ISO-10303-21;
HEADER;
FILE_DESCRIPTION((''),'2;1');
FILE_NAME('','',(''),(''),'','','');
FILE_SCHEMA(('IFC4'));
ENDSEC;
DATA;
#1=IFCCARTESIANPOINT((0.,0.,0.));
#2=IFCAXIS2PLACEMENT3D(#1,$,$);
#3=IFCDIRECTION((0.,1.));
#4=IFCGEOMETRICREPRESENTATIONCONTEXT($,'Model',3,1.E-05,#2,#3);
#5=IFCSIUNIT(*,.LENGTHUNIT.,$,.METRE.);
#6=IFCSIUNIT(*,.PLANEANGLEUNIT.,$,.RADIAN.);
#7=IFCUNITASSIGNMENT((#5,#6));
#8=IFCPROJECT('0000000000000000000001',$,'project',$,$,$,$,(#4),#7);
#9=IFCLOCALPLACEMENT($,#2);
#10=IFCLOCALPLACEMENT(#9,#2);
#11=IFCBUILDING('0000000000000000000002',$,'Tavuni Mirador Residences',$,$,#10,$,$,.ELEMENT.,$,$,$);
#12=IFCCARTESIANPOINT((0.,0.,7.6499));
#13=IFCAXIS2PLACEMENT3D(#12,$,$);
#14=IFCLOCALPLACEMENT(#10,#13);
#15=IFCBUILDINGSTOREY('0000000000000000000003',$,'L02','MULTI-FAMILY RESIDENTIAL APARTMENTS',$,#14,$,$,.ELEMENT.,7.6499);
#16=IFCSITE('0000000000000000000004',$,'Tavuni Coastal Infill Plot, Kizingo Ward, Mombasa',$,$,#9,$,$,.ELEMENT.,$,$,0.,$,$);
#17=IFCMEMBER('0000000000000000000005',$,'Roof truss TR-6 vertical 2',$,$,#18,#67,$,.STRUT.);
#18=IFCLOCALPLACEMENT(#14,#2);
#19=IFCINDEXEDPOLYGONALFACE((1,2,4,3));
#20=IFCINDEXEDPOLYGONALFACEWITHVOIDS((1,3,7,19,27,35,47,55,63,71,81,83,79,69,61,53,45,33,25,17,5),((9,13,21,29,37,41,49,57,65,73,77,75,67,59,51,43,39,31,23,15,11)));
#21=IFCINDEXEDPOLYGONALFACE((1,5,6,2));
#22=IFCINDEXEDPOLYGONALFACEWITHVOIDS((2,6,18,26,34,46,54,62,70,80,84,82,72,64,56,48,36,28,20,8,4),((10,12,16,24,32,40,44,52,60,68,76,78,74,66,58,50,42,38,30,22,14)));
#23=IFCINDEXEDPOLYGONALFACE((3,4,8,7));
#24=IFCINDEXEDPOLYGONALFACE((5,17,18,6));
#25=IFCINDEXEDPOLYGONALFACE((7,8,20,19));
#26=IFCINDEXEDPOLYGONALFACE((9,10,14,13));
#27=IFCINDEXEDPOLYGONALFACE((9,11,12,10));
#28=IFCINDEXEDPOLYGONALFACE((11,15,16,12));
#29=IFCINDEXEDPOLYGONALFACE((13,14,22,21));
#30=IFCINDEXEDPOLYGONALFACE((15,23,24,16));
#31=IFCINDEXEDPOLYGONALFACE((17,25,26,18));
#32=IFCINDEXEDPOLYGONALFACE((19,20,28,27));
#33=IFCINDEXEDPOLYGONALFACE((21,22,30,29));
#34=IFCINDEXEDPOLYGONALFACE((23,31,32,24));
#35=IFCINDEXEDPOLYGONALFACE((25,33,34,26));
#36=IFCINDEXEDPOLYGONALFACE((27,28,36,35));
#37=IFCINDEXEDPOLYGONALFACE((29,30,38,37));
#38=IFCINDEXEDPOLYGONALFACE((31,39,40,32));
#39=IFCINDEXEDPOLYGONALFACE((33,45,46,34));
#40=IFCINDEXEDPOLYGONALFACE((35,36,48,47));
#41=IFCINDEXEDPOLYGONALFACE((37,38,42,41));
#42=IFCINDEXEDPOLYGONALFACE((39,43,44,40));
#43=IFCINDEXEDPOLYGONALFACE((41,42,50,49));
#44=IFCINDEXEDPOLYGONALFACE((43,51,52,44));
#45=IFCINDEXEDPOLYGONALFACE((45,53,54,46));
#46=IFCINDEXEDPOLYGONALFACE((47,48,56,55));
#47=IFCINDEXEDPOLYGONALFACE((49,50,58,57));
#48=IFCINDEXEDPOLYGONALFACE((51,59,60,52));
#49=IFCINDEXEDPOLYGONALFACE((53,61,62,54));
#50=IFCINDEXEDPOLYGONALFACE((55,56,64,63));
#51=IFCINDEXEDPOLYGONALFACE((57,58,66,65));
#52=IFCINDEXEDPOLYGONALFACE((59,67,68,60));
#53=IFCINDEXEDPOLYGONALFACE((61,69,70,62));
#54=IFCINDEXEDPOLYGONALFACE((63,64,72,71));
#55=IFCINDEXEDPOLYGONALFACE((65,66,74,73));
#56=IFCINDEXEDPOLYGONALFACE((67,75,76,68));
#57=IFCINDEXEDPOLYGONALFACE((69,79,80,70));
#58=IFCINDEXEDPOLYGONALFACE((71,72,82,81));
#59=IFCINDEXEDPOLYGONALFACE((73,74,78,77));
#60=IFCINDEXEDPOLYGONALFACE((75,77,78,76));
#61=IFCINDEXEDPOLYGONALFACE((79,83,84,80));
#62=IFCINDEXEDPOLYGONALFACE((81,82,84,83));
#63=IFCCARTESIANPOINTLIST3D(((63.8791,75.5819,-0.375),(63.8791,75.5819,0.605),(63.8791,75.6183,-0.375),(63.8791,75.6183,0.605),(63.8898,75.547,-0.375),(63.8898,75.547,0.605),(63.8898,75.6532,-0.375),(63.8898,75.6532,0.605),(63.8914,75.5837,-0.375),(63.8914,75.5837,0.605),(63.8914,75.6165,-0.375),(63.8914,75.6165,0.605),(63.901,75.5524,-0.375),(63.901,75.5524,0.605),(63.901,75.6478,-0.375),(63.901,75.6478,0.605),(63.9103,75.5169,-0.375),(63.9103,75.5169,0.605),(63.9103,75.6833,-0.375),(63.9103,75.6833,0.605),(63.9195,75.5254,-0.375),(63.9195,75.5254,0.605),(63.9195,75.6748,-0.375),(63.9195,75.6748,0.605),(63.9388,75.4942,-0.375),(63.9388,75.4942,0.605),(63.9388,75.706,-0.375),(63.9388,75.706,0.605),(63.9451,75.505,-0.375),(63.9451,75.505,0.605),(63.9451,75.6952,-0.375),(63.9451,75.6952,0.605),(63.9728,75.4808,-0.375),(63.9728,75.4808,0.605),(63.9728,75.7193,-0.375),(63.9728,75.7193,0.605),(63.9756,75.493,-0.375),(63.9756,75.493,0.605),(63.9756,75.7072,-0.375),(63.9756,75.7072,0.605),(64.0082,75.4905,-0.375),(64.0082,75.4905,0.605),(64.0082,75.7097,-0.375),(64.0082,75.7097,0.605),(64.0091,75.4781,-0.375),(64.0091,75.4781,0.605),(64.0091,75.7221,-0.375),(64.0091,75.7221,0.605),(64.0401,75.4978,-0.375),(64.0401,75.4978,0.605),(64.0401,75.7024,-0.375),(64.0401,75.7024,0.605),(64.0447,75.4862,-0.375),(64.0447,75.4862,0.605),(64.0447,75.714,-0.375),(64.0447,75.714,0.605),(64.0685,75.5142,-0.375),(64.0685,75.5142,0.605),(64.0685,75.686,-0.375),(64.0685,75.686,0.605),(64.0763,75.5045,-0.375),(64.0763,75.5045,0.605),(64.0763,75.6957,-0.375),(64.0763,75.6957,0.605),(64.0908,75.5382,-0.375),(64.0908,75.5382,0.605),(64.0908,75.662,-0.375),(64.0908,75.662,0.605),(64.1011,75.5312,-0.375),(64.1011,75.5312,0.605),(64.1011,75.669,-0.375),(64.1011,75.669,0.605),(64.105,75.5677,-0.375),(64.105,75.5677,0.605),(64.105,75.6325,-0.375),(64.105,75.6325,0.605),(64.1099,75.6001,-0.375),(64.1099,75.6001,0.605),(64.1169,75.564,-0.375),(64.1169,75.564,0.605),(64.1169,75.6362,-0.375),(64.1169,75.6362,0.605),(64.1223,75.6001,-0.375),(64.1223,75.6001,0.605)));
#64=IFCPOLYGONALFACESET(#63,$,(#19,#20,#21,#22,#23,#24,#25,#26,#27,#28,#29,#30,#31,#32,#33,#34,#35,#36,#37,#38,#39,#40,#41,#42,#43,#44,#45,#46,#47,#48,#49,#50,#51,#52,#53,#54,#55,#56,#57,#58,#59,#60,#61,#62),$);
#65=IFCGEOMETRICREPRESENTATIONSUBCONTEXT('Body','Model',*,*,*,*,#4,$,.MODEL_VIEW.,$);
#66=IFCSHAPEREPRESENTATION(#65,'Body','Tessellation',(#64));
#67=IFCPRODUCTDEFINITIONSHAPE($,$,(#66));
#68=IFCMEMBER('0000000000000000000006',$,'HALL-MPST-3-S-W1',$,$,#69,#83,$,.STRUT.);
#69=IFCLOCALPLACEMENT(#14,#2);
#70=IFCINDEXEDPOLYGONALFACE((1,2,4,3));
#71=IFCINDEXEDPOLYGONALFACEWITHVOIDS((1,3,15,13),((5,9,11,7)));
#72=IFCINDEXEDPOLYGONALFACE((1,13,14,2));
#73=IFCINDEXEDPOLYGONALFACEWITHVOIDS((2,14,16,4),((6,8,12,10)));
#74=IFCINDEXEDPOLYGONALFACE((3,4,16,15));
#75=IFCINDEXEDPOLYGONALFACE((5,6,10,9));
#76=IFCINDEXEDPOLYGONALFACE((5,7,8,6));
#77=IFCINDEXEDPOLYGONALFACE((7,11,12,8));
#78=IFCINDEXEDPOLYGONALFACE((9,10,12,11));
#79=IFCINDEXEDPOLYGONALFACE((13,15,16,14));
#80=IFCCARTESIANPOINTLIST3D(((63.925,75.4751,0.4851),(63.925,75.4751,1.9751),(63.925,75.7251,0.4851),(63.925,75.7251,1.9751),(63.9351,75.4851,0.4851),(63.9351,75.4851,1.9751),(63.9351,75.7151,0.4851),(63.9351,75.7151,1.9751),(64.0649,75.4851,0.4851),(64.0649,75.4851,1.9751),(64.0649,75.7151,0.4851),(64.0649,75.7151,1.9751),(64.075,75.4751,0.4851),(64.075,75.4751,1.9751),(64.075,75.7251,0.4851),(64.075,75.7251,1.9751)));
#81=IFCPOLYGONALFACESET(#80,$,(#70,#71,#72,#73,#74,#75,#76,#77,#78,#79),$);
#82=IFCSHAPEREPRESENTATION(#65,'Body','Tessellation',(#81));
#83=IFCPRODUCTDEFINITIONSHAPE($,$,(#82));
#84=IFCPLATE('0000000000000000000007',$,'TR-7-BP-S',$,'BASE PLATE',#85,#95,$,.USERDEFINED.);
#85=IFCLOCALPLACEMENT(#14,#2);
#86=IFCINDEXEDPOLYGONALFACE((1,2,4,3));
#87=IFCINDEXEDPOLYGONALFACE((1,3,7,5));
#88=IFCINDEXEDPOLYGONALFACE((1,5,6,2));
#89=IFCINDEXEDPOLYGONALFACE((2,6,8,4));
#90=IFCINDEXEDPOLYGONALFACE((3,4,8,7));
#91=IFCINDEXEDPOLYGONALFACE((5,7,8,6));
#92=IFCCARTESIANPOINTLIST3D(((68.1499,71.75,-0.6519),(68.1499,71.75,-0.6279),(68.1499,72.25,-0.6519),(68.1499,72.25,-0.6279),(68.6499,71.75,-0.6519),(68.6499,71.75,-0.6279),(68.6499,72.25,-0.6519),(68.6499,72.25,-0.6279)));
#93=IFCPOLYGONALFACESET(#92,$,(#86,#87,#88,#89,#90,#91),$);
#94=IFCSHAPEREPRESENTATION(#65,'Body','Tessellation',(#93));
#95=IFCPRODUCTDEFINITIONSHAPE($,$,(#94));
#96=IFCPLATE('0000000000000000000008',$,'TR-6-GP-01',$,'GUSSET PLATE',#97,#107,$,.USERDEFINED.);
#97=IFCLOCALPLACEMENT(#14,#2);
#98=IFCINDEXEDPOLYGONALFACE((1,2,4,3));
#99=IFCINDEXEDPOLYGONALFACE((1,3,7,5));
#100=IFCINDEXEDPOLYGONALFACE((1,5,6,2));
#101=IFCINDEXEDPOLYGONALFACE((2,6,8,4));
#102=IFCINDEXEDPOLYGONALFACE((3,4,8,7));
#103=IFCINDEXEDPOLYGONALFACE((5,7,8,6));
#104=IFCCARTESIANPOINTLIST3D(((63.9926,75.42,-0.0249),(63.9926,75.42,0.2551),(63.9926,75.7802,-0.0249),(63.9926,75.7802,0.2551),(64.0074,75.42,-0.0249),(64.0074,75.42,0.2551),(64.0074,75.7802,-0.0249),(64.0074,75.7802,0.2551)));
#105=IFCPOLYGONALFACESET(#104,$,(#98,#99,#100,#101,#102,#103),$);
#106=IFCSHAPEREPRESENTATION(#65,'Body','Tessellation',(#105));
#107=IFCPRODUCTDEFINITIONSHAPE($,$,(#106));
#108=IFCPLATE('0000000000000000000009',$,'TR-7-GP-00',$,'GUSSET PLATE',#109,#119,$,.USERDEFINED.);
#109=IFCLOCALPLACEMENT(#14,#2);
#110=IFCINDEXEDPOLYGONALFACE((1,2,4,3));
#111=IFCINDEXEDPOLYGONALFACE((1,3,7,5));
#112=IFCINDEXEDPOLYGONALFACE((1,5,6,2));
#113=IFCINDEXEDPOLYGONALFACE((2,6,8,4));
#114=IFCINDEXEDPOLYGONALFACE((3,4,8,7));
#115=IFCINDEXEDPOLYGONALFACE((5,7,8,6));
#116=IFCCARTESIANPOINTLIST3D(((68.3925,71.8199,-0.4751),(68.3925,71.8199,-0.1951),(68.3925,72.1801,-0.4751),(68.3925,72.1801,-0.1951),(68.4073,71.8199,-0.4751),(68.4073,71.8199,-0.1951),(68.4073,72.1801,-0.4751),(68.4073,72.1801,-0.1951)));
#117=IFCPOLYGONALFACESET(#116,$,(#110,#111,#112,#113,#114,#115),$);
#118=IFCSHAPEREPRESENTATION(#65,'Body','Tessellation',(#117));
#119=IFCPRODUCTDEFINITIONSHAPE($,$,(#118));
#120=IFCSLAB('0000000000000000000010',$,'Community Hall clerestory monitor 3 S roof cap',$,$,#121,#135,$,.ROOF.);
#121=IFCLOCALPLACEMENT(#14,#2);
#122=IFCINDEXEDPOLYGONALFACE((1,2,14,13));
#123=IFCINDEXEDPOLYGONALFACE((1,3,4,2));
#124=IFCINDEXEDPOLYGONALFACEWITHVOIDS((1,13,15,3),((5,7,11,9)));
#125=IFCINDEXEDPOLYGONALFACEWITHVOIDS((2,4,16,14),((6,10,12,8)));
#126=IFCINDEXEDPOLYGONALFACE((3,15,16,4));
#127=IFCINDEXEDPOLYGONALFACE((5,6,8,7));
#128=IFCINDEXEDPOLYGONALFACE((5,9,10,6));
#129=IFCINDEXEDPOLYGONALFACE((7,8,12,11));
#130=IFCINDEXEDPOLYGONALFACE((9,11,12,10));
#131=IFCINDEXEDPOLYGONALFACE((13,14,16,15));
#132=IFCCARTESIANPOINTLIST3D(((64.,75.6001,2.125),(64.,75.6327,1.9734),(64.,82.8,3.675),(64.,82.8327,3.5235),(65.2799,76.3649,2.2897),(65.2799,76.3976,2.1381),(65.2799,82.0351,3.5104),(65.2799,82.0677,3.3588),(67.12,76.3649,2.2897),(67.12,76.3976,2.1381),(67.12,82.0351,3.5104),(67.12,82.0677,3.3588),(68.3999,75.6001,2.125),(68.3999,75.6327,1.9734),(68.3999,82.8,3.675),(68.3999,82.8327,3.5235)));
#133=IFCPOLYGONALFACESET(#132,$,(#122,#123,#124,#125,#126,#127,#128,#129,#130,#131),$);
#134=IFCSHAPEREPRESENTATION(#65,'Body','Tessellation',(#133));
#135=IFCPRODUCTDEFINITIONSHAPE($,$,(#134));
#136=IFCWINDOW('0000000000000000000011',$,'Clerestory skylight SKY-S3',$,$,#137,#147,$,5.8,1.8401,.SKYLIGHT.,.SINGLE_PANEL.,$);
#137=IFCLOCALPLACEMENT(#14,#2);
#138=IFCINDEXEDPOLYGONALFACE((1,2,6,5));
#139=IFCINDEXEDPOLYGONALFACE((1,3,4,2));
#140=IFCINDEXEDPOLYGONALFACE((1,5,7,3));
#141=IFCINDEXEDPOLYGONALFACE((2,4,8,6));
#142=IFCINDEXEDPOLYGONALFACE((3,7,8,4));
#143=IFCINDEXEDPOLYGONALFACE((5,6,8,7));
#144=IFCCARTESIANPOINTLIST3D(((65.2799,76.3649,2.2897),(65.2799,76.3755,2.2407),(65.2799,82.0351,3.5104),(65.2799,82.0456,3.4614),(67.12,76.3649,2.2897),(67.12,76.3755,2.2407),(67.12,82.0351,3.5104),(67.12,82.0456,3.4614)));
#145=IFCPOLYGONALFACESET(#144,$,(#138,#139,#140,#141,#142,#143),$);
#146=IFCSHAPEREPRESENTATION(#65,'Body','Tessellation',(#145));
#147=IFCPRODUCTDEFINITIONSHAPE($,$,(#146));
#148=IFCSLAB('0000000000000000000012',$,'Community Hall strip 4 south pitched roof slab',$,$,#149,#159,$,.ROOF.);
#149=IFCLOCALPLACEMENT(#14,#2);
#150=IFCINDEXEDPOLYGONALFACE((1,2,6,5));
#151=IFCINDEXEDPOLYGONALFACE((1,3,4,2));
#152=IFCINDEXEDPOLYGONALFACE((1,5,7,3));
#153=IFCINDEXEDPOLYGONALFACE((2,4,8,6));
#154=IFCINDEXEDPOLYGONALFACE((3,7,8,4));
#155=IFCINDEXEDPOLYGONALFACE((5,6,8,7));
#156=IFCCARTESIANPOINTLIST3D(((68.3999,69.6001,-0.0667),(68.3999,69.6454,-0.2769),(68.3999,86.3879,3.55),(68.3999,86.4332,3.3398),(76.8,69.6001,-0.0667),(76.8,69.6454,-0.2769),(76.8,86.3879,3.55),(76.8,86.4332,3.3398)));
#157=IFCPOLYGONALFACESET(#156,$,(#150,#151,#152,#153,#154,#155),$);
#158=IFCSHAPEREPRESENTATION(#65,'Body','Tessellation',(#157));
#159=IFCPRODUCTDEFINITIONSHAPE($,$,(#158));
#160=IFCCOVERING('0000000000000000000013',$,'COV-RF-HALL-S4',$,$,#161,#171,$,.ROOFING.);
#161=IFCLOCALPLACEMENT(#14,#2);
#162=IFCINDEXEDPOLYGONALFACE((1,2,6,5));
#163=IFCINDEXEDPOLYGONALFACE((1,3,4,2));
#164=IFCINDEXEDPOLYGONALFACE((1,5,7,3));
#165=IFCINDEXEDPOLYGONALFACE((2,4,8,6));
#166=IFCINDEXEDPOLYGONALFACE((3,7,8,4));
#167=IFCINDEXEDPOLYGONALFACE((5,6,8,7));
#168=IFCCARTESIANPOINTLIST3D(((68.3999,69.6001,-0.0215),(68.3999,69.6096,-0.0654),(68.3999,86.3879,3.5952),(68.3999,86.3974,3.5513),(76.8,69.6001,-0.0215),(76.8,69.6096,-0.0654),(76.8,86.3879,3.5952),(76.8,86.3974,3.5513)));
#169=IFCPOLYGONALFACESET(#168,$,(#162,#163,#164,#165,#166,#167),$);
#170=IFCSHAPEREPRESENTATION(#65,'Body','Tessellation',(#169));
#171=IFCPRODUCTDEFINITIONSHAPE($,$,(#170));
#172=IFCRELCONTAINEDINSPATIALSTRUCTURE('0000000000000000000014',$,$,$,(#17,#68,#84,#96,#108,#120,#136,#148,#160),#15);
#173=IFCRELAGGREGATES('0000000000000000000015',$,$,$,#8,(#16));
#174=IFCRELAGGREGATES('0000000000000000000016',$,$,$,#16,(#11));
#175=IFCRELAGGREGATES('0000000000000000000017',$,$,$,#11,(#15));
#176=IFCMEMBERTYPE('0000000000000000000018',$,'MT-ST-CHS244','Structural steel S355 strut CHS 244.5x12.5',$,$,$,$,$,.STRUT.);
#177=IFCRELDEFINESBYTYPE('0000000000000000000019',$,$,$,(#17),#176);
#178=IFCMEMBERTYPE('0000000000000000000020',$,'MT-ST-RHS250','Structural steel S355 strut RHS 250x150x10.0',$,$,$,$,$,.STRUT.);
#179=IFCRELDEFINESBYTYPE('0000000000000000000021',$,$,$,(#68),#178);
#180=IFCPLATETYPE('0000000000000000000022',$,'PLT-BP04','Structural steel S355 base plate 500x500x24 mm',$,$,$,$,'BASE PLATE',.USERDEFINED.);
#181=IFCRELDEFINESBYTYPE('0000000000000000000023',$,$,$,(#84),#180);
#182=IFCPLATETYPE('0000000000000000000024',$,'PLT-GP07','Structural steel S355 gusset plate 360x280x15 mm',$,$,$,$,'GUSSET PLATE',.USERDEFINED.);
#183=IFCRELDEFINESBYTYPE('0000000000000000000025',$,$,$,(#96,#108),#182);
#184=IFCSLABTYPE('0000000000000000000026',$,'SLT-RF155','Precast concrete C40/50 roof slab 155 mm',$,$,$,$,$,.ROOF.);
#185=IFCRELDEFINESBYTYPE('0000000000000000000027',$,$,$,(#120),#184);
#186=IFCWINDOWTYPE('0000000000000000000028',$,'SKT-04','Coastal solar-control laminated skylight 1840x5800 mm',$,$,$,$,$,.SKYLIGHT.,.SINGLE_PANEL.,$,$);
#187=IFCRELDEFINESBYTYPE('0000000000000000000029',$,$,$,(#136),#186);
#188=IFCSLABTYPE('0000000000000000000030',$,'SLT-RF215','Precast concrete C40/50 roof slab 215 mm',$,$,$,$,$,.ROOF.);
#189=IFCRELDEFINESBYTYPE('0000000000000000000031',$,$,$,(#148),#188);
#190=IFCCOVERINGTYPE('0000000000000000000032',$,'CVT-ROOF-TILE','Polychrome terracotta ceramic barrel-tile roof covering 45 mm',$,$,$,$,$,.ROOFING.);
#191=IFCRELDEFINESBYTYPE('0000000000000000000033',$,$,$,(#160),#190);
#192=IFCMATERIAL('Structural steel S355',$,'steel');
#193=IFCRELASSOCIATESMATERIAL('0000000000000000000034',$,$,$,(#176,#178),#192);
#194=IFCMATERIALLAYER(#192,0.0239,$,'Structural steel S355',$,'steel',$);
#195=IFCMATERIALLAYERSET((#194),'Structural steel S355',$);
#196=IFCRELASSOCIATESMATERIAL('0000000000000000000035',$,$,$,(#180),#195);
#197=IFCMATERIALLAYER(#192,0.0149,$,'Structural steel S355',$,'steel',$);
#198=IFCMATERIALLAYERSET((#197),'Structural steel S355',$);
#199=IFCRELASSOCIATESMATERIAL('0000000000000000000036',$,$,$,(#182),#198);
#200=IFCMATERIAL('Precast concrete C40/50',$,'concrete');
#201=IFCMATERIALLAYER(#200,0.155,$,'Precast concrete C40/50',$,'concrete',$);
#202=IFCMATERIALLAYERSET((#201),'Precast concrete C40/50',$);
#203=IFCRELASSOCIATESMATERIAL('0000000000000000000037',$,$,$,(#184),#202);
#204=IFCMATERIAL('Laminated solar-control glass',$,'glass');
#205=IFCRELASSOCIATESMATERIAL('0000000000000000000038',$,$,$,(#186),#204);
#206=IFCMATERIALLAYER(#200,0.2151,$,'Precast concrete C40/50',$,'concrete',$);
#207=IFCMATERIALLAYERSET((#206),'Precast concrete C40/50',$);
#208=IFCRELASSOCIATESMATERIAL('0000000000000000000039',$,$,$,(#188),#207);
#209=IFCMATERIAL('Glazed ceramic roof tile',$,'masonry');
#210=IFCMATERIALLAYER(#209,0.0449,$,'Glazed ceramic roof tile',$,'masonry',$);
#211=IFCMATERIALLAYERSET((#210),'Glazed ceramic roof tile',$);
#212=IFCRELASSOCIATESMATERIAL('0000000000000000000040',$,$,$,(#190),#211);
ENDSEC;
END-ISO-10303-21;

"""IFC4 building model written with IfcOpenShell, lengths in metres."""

from ifc_helpers import new_model, si_unit, direction, frame, origin, origin_2d, place, context, subcontext, project, spatial, polyline, rectangle, hollow_rectangle, hollow_circle, outline, extrude, material, layer, layer_set, material_profile, profile_set, type_object, element, fill, save


model = new_model("IFC4")

# Units and contexts
model_context = context("Model", 3, precision=1e-05, world=origin(), true_north=direction((0.0, 1.0)))
body_context = subcontext(model_context, "Body", "Model", "MODEL_VIEW")
ifc_project = project(units=[si_unit("LENGTHUNIT", "METRE"), si_unit("PLANEANGLEUNIT", "RADIAN")], contexts=[model_context])

# Site, building, storey
site_placement = place(None, origin())
site = spatial("IfcSite", under=ifc_project, at=site_placement, Name="Tavuni Coastal Infill Plot, Kizingo Ward, Mombasa", CompositionType="ELEMENT", RefElevation=0.0)
building_placement = place(site_placement, origin())
building = spatial("IfcBuilding", under=site, at=building_placement, Name="Tavuni Mirador Residences", CompositionType="ELEMENT")
storey_placement = place(building_placement, frame((0.0, 0.0, 7.6499)))
storey = spatial("IfcBuildingStorey", under=building, at=storey_placement, Name="L02", Description="MULTI-FAMILY RESIDENTIAL APARTMENTS", CompositionType="ELEMENT", Elevation=7.6499)

# Shared definitions
ifc_material_1 = material(Name="Structural steel S355", Category="steel")

# Members
ifc_material_profile_1 = material_profile(ifc_material_1, hollow_circle(Radius=0.1223, WallThickness=0.0125, at=origin_2d()), Name="CHS 244.5x12.5", Category="steel")
ifc_profile_set_1 = profile_set([ifc_material_profile_1], Name="Structural steel S355")
member_type_1 = type_object("IfcMemberType", Name="MT-ST-CHS244", Description="Structural steel S355 strut CHS 244.5x12.5", PredefinedType="STRUT", material=ifc_profile_set_1)
member_1_placement = place(storey_placement, frame((64.0, 75.6001, -0.375), z_axis=(0.0, 0.0, 1.0), x_axis=(1.0, 0.0, 0.0)))
element("IfcMember", 1, at=member_1_placement, inside=storey, type_object=member_type_1, Name="Roof truss TR-6 vertical 2", PredefinedType="STRUT", context=body_context, shape_type="SweptSolid", body=[
    extrude(hollow_circle(Radius=0.1223, WallThickness=0.0125, at=origin_2d()), origin(), (0.0, 0.0, 1.0), 0.98),
])
ifc_material_profile_2 = material_profile(ifc_material_1, hollow_rectangle(XDim=0.1499, YDim=0.25, WallThickness=0.01, at=origin_2d()), Name="RHS 250x150x10.0", Category="steel")
ifc_profile_set_2 = profile_set([ifc_material_profile_2], Name="Structural steel S355")
member_type_2 = type_object("IfcMemberType", Name="MT-ST-RHS250", Description="Structural steel S355 strut RHS 250x150x10.0", PredefinedType="STRUT", material=ifc_profile_set_2)
member_2_placement = place(storey_placement, frame((64.0, 75.6001, 0.4851), z_axis=(0.0, 0.0, 1.0), x_axis=(1.0, 0.0, 0.0)))
element("IfcMember", 2, at=member_2_placement, inside=storey, type_object=member_type_2, Name="HALL-MPST-3-S-W1", PredefinedType="STRUT", context=body_context, shape_type="SweptSolid", body=[
    extrude(hollow_rectangle(XDim=0.1499, YDim=0.25, WallThickness=0.01, at=origin_2d()), origin(), (0.0, 0.0, 1.0), 1.49),
])

# Plates
ifc_layer_1 = layer(ifc_material_1, 0.0239, Name="Structural steel S355", Category="steel")
ifc_layer_set_1 = layer_set([ifc_layer_1], Name="Structural steel S355")
plate_type_1 = type_object("IfcPlateType", Name="PLT-BP04", Description="Structural steel S355 base plate 500x500x24 mm", ElementType="BASE PLATE", PredefinedType="USERDEFINED", material=ifc_layer_set_1)
plate_placement = place(storey_placement, frame((68.3999, 72.0, -0.6519), z_axis=(0.0, 0.0, 1.0), x_axis=(1.0, 0.0, 0.0)))
element("IfcPlate", 3, at=plate_placement, inside=storey, type_object=plate_type_1, Name="TR-7-BP-S", ObjectType="BASE PLATE", PredefinedType="USERDEFINED", context=body_context, shape_type="SweptSolid", body=[
    extrude(rectangle(XDim=0.5, YDim=0.5, at=origin_2d()), origin(), (0.0, 0.0, 1.0), 0.0239),
])
ifc_layer_2 = layer(ifc_material_1, 0.0149, Name="Structural steel S355", Category="steel")
ifc_layer_set_2 = layer_set([ifc_layer_2], Name="Structural steel S355")
plate_type_2 = type_object("IfcPlateType", Name="PLT-GP07", Description="Structural steel S355 gusset plate 360x280x15 mm", ElementType="GUSSET PLATE", PredefinedType="USERDEFINED", material=ifc_layer_set_2)
for number, where, z_axis, x_axis, name in (
    (4, (64.0, 75.6001, -0.0249), (0.0, 0.0, 1.0), (0.0, 1.0, 0.0), "TR-6-GP-01"),
    (5, (68.3999, 72.0, -0.4751), (0.0, 0.0, 1.0), (0.0, 1.0, 0.0), "TR-7-GP-00"),
):
    element("IfcPlate", number, at=place(storey_placement, frame(where, z_axis=z_axis, x_axis=x_axis)), inside=storey, type_object=plate_type_2, Name=name, ObjectType="GUSSET PLATE", PredefinedType="USERDEFINED", context=body_context, shape_type="SweptSolid", body=[
        extrude(rectangle(XDim=0.3601, YDim=0.0149, at=origin_2d()), origin(), (0.0, 0.0, 1.0), 0.28),
    ])

# Slab, opening, window
ifc_material_2 = material(Name="Precast concrete C40/50", Category="concrete")
ifc_layer_3 = layer(ifc_material_2, 0.155, Name="Precast concrete C40/50", Category="concrete")
ifc_layer_set_3 = layer_set([ifc_layer_3], Name="Precast concrete C40/50")
slab_type_1 = type_object("IfcSlabType", Name="SLT-RF155", Description="Precast concrete C40/50 roof slab 155 mm", PredefinedType="ROOF", material=ifc_layer_set_3)
slab_1_placement = place(storey_placement, frame((64.0, 75.6001, 2.125), z_axis=(0.0, -0.210464, 0.977602), x_axis=(1.0, 0.0, 0.0)))
slab_1 = element("IfcSlab", 6, at=slab_1_placement, inside=storey, type_object=slab_type_1, Name="Community Hall clerestory monitor 3 S roof cap", PredefinedType="ROOF", context=body_context, shape_type="SweptSolid", body=[
    extrude(outline(polyline([(0.0, 0.0), (4.3999, 0.0), (4.3999, 7.3649), (0.0, 7.3649), (0.0, 0.0)])), origin(), (0.0, 0.0, -1.0), 0.155),
])
opening_placement = place(slab_1_placement, frame((2.2, 3.6824, 0.0)))
opening = element("IfcOpeningElement", 7, at=opening_placement, cuts=slab_1, PredefinedType="OPENING", context=body_context, shape_type="SweptSolid", body=[
    extrude(rectangle(XDim=1.8401, YDim=5.8, at=origin_2d()), frame((0.0, 0.0, 0.01)), (0.0, 0.0, -1.0), 0.175),
])
ifc_material_3 = material(Name="Laminated solar-control glass", Category="glass")
window_type = type_object("IfcWindowType", Name="SKT-04", Description="Coastal solar-control laminated skylight 1840x5800 mm", PartitioningType="SINGLE_PANEL", PredefinedType="SKYLIGHT", material=ifc_material_3)
window_placement = place(opening_placement, origin())
window = element("IfcWindow", 8, at=window_placement, inside=storey, type_object=window_type, Name="Clerestory skylight SKY-S3", OverallHeight=5.8, OverallWidth=1.8401, PartitioningType="SINGLE_PANEL", PredefinedType="SKYLIGHT", context=body_context, shape_type="SweptSolid", body=[
    extrude(rectangle(XDim=1.8401, YDim=5.8, at=origin_2d()), origin(), (0.0, 0.0, -1.0), 0.05),
])
fill(opening, window)

# Slab
ifc_layer_4 = layer(ifc_material_2, 0.2151, Name="Precast concrete C40/50", Category="concrete")
ifc_layer_set_4 = layer_set([ifc_layer_4], Name="Precast concrete C40/50")
slab_type_2 = type_object("IfcSlabType", Name="SLT-RF215", Description="Precast concrete C40/50 roof slab 215 mm", PredefinedType="ROOF", material=ifc_layer_set_4)
slab_2_placement = place(storey_placement, frame((68.3999, 69.6001, -0.0667), z_axis=(0.0, -0.210604, 0.977572), x_axis=(1.0, 0.0, 0.0)))
element("IfcSlab", 9, at=slab_2_placement, inside=storey, type_object=slab_type_2, Name="Community Hall strip 4 south pitched roof slab", PredefinedType="ROOF", context=body_context, shape_type="SweptSolid", body=[
    extrude(outline(polyline([(0.0, 0.0), (8.4001, 0.0), (8.4001, 17.173), (0.0, 17.173), (0.0, 0.0)])), origin(), (0.0, 0.0, -1.0), 0.2151),
])

# Covering
ifc_material_4 = material(Name="Glazed ceramic roof tile", Category="masonry")
ifc_layer_5 = layer(ifc_material_4, 0.0449, Name="Glazed ceramic roof tile", Category="masonry")
ifc_layer_set_5 = layer_set([ifc_layer_5], Name="Glazed ceramic roof tile")
covering_type = type_object("IfcCoveringType", Name="CVT-ROOF-TILE", Description="Polychrome terracotta ceramic barrel-tile roof covering 45 mm", PredefinedType="ROOFING", material=ifc_layer_set_5)
covering_1_placement = place(storey_placement, frame((68.3999, 69.6001, -0.0215), z_axis=(0.0, -0.210604, 0.977572), x_axis=(1.0, 0.0, 0.0)))
element("IfcCovering", 10, at=covering_1_placement, inside=storey, type_object=covering_type, Name="COV-RF-HALL-S4", PredefinedType="ROOFING", context=body_context, shape_type="SweptSolid", body=[
    extrude(outline(polyline([(0.0, 0.0), (8.4001, 0.0), (8.4001, 17.173), (0.0, 17.173), (0.0, 0.0)])), origin(), (0.0, 0.0, -1.0), 0.0449),
])

save(model, "model.ifc")
